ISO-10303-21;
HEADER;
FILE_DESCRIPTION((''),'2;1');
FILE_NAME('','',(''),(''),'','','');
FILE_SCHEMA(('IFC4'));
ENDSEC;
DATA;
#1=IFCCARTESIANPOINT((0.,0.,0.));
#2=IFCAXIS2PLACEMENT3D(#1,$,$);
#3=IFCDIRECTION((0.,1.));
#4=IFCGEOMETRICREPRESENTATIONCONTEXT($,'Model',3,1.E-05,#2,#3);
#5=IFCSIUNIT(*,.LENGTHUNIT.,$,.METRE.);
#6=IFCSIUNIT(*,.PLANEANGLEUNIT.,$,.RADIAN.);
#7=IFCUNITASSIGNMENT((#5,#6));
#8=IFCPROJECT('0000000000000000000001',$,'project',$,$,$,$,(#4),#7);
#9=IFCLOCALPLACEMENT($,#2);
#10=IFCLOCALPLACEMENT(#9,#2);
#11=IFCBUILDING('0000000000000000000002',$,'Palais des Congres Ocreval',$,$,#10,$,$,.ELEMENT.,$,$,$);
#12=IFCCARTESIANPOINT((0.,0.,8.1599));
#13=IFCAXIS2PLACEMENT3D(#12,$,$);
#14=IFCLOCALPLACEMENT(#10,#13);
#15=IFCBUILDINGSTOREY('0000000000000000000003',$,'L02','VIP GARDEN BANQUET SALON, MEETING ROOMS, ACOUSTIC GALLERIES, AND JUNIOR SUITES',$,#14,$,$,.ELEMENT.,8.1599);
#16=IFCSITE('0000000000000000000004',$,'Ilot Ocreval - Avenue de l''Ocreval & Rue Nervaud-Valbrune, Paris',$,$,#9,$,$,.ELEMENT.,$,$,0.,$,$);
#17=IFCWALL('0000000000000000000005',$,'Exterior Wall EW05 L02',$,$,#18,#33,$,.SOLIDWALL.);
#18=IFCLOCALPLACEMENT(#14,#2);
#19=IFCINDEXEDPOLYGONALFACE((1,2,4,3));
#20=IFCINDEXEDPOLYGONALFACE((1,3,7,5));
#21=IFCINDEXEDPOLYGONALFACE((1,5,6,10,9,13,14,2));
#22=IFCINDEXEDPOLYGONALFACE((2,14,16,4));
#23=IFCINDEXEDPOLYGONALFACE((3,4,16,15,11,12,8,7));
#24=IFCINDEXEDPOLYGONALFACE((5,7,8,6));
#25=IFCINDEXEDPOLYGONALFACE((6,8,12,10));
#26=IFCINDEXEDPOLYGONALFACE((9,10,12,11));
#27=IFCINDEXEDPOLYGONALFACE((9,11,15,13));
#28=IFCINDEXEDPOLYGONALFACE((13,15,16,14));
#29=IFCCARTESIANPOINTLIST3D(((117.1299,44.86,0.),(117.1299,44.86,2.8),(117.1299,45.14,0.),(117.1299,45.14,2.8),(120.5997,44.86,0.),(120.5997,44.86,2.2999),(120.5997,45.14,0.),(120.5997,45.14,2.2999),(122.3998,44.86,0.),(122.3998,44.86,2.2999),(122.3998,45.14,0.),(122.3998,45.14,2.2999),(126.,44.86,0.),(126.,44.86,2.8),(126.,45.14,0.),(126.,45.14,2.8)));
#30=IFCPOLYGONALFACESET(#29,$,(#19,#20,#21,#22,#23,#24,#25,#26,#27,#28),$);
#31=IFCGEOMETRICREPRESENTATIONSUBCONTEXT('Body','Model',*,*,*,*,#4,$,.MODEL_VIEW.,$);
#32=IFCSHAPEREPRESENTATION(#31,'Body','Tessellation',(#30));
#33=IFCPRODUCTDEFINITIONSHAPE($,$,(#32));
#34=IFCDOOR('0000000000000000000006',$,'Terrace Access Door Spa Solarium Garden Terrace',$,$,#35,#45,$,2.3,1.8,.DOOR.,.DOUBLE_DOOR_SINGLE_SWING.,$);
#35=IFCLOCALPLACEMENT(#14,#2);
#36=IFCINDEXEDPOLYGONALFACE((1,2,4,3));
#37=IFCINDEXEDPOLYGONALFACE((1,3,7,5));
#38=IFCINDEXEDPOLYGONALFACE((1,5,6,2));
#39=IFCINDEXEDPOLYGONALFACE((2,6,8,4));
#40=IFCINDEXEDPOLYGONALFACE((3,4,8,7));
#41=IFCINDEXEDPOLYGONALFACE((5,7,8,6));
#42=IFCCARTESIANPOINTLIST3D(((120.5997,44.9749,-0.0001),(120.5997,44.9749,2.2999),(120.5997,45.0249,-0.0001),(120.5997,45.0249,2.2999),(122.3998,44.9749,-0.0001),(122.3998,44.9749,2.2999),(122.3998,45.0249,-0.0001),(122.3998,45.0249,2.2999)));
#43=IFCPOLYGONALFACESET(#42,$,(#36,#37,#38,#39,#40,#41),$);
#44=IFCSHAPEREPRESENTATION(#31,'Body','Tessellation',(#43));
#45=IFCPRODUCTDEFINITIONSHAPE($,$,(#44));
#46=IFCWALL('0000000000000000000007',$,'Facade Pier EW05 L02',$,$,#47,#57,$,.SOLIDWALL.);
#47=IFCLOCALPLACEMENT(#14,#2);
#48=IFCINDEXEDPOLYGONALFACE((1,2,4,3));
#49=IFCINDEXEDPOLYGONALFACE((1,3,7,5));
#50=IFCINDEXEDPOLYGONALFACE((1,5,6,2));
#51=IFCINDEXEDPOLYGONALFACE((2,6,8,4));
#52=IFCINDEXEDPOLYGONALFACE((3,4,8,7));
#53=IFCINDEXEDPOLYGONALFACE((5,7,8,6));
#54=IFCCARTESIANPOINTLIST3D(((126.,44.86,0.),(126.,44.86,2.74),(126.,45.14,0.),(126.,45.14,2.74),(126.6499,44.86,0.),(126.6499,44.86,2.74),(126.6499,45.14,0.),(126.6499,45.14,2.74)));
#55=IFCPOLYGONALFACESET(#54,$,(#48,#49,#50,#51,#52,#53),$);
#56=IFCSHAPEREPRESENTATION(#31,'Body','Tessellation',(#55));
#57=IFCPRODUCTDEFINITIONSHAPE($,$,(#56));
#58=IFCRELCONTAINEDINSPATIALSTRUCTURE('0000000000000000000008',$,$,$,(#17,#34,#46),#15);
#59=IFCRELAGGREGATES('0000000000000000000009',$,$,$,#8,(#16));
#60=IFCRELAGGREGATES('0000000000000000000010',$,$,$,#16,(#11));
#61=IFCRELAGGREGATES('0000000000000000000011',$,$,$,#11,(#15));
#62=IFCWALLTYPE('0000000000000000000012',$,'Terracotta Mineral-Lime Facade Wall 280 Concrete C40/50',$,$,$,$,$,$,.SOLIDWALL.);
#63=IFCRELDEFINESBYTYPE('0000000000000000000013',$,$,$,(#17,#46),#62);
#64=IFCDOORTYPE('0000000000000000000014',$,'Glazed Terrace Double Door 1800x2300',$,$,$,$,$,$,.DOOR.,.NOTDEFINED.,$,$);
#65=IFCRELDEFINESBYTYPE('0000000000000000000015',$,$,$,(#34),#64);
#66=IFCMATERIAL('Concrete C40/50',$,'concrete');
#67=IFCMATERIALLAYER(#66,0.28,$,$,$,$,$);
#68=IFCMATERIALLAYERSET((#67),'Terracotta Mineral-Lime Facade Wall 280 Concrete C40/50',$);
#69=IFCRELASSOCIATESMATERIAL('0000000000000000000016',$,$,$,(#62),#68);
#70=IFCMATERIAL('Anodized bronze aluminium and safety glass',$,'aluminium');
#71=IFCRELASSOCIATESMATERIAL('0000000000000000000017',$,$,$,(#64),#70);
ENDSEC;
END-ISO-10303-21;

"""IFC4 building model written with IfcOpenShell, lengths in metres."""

from ifc_helpers import new_model, si_unit, direction, frame, frame_2d, origin, place, context, subcontext, project, spatial, rectangle, extrude, material, layer, layer_set, type_object, element, fill, save


model = new_model("IFC4")

# Units and contexts
model_context = context("Model", 3, precision=1e-05, world=origin(), true_north=direction((0.0, 1.0)))
body_context = subcontext(model_context, "Body", "Model", "MODEL_VIEW")
ifc_project = project(units=[si_unit("LENGTHUNIT", "METRE"), si_unit("PLANEANGLEUNIT", "RADIAN")], contexts=[model_context])

# Site, building, storey
site_placement = place(None, origin())
site = spatial("IfcSite", under=ifc_project, at=site_placement, Name="Ilot Ocreval - Avenue de l'Ocreval & Rue Nervaud-Valbrune, Paris", CompositionType="ELEMENT", RefElevation=0.0)
building_placement = place(site_placement, origin())
building = spatial("IfcBuilding", under=site, at=building_placement, Name="Palais des Congres Ocreval", CompositionType="ELEMENT")
storey_placement = place(building_placement, frame((0.0, 0.0, 8.1599)))
storey = spatial("IfcBuildingStorey", under=building, at=storey_placement, Name="L02", Description="VIP GARDEN BANQUET SALON, MEETING ROOMS, ACOUSTIC GALLERIES, AND JUNIOR SUITES", CompositionType="ELEMENT", Elevation=8.1599)

# Shared definitions
ifc_material_1 = material(Name="Concrete C40/50", Category="concrete")

# Wall, opening, door
ifc_layer_1 = layer(ifc_material_1, 0.28)
ifc_layer_set_1 = layer_set([ifc_layer_1], Name="Terracotta Mineral-Lime Facade Wall 280 Concrete C40/50")
wall_type_1 = type_object("IfcWallType", Name="Terracotta Mineral-Lime Facade Wall 280 Concrete C40/50", PredefinedType="SOLIDWALL", material=ifc_layer_set_1)
wall_1_placement = place(storey_placement, frame((117.1299, 45.0, 0.0), z_axis=(0.0, 0.0, 1.0), x_axis=(1.0, 0.0, 0.0)))
wall_1 = element("IfcWall", 1, at=wall_1_placement, inside=storey, type_object=wall_type_1, Name="Exterior Wall EW05 L02", PredefinedType="SOLIDWALL", context=body_context, shape_type="SweptSolid", body=[
    extrude(rectangle(XDim=8.8701, YDim=0.28, at=frame_2d((4.4351, 0.0))), origin(), (0.0, 0.0, 1.0), 2.8),
])
opening_1_placement = place(wall_1_placement, frame((3.47, 0.0, 0.0)))
opening_1 = element("IfcOpeningElement", 2, at=opening_1_placement, cuts=wall_1, PredefinedType="OPENING", context=body_context, shape_type="SweptSolid", body=[
    extrude(rectangle(XDim=1.8, YDim=2.3, at=frame_2d((0.8999, 1.1499))), frame((0.0, 0.1499, 0.0), z_axis=(0.0, -1.0, 0.0), x_axis=(1.0, 0.0, 0.0)), (0.0, 0.0, 1.0), 0.3),
])
ifc_material_2 = material(Name="Anodized bronze aluminium and safety glass", Category="aluminium")
door_type_1 = type_object("IfcDoorType", Name="Glazed Terrace Double Door 1800x2300", OperationType="NOTDEFINED", PredefinedType="DOOR", material=ifc_material_2)
door_1_placement = place(opening_1_placement, origin())
door_1 = element("IfcDoor", 3, at=door_1_placement, inside=storey, type_object=door_type_1, Name="Terrace Access Door Spa Solarium Garden Terrace", OperationType="DOUBLE_DOOR_SINGLE_SWING", OverallHeight=2.3, OverallWidth=1.8, PredefinedType="DOOR", context=body_context, shape_type="SweptSolid", body=[
    extrude(rectangle(XDim=1.8, YDim=2.3, at=frame_2d((0.8999, 1.1499))), frame((0.0, 0.0249, 0.0), z_axis=(0.0, -1.0, 0.0), x_axis=(1.0, 0.0, 0.0)), (0.0, 0.0, 1.0), 0.05),
])
fill(opening_1, door_1)

# Wall
wall_2_placement = place(storey_placement, frame((126.0, 45.0, 0.0), z_axis=(0.0, 0.0, 1.0), x_axis=(1.0, 0.0, 0.0)))
element("IfcWall", 4, at=wall_2_placement, inside=storey, type_object=wall_type_1, Name="Facade Pier EW05 L02", PredefinedType="SOLIDWALL", context=body_context, shape_type="SweptSolid", body=[
    extrude(rectangle(XDim=0.6499, YDim=0.28, at=frame_2d((0.325, 0.0))), origin(), (0.0, 0.0, 1.0), 2.74),
])

save(model, "model.ifc")
